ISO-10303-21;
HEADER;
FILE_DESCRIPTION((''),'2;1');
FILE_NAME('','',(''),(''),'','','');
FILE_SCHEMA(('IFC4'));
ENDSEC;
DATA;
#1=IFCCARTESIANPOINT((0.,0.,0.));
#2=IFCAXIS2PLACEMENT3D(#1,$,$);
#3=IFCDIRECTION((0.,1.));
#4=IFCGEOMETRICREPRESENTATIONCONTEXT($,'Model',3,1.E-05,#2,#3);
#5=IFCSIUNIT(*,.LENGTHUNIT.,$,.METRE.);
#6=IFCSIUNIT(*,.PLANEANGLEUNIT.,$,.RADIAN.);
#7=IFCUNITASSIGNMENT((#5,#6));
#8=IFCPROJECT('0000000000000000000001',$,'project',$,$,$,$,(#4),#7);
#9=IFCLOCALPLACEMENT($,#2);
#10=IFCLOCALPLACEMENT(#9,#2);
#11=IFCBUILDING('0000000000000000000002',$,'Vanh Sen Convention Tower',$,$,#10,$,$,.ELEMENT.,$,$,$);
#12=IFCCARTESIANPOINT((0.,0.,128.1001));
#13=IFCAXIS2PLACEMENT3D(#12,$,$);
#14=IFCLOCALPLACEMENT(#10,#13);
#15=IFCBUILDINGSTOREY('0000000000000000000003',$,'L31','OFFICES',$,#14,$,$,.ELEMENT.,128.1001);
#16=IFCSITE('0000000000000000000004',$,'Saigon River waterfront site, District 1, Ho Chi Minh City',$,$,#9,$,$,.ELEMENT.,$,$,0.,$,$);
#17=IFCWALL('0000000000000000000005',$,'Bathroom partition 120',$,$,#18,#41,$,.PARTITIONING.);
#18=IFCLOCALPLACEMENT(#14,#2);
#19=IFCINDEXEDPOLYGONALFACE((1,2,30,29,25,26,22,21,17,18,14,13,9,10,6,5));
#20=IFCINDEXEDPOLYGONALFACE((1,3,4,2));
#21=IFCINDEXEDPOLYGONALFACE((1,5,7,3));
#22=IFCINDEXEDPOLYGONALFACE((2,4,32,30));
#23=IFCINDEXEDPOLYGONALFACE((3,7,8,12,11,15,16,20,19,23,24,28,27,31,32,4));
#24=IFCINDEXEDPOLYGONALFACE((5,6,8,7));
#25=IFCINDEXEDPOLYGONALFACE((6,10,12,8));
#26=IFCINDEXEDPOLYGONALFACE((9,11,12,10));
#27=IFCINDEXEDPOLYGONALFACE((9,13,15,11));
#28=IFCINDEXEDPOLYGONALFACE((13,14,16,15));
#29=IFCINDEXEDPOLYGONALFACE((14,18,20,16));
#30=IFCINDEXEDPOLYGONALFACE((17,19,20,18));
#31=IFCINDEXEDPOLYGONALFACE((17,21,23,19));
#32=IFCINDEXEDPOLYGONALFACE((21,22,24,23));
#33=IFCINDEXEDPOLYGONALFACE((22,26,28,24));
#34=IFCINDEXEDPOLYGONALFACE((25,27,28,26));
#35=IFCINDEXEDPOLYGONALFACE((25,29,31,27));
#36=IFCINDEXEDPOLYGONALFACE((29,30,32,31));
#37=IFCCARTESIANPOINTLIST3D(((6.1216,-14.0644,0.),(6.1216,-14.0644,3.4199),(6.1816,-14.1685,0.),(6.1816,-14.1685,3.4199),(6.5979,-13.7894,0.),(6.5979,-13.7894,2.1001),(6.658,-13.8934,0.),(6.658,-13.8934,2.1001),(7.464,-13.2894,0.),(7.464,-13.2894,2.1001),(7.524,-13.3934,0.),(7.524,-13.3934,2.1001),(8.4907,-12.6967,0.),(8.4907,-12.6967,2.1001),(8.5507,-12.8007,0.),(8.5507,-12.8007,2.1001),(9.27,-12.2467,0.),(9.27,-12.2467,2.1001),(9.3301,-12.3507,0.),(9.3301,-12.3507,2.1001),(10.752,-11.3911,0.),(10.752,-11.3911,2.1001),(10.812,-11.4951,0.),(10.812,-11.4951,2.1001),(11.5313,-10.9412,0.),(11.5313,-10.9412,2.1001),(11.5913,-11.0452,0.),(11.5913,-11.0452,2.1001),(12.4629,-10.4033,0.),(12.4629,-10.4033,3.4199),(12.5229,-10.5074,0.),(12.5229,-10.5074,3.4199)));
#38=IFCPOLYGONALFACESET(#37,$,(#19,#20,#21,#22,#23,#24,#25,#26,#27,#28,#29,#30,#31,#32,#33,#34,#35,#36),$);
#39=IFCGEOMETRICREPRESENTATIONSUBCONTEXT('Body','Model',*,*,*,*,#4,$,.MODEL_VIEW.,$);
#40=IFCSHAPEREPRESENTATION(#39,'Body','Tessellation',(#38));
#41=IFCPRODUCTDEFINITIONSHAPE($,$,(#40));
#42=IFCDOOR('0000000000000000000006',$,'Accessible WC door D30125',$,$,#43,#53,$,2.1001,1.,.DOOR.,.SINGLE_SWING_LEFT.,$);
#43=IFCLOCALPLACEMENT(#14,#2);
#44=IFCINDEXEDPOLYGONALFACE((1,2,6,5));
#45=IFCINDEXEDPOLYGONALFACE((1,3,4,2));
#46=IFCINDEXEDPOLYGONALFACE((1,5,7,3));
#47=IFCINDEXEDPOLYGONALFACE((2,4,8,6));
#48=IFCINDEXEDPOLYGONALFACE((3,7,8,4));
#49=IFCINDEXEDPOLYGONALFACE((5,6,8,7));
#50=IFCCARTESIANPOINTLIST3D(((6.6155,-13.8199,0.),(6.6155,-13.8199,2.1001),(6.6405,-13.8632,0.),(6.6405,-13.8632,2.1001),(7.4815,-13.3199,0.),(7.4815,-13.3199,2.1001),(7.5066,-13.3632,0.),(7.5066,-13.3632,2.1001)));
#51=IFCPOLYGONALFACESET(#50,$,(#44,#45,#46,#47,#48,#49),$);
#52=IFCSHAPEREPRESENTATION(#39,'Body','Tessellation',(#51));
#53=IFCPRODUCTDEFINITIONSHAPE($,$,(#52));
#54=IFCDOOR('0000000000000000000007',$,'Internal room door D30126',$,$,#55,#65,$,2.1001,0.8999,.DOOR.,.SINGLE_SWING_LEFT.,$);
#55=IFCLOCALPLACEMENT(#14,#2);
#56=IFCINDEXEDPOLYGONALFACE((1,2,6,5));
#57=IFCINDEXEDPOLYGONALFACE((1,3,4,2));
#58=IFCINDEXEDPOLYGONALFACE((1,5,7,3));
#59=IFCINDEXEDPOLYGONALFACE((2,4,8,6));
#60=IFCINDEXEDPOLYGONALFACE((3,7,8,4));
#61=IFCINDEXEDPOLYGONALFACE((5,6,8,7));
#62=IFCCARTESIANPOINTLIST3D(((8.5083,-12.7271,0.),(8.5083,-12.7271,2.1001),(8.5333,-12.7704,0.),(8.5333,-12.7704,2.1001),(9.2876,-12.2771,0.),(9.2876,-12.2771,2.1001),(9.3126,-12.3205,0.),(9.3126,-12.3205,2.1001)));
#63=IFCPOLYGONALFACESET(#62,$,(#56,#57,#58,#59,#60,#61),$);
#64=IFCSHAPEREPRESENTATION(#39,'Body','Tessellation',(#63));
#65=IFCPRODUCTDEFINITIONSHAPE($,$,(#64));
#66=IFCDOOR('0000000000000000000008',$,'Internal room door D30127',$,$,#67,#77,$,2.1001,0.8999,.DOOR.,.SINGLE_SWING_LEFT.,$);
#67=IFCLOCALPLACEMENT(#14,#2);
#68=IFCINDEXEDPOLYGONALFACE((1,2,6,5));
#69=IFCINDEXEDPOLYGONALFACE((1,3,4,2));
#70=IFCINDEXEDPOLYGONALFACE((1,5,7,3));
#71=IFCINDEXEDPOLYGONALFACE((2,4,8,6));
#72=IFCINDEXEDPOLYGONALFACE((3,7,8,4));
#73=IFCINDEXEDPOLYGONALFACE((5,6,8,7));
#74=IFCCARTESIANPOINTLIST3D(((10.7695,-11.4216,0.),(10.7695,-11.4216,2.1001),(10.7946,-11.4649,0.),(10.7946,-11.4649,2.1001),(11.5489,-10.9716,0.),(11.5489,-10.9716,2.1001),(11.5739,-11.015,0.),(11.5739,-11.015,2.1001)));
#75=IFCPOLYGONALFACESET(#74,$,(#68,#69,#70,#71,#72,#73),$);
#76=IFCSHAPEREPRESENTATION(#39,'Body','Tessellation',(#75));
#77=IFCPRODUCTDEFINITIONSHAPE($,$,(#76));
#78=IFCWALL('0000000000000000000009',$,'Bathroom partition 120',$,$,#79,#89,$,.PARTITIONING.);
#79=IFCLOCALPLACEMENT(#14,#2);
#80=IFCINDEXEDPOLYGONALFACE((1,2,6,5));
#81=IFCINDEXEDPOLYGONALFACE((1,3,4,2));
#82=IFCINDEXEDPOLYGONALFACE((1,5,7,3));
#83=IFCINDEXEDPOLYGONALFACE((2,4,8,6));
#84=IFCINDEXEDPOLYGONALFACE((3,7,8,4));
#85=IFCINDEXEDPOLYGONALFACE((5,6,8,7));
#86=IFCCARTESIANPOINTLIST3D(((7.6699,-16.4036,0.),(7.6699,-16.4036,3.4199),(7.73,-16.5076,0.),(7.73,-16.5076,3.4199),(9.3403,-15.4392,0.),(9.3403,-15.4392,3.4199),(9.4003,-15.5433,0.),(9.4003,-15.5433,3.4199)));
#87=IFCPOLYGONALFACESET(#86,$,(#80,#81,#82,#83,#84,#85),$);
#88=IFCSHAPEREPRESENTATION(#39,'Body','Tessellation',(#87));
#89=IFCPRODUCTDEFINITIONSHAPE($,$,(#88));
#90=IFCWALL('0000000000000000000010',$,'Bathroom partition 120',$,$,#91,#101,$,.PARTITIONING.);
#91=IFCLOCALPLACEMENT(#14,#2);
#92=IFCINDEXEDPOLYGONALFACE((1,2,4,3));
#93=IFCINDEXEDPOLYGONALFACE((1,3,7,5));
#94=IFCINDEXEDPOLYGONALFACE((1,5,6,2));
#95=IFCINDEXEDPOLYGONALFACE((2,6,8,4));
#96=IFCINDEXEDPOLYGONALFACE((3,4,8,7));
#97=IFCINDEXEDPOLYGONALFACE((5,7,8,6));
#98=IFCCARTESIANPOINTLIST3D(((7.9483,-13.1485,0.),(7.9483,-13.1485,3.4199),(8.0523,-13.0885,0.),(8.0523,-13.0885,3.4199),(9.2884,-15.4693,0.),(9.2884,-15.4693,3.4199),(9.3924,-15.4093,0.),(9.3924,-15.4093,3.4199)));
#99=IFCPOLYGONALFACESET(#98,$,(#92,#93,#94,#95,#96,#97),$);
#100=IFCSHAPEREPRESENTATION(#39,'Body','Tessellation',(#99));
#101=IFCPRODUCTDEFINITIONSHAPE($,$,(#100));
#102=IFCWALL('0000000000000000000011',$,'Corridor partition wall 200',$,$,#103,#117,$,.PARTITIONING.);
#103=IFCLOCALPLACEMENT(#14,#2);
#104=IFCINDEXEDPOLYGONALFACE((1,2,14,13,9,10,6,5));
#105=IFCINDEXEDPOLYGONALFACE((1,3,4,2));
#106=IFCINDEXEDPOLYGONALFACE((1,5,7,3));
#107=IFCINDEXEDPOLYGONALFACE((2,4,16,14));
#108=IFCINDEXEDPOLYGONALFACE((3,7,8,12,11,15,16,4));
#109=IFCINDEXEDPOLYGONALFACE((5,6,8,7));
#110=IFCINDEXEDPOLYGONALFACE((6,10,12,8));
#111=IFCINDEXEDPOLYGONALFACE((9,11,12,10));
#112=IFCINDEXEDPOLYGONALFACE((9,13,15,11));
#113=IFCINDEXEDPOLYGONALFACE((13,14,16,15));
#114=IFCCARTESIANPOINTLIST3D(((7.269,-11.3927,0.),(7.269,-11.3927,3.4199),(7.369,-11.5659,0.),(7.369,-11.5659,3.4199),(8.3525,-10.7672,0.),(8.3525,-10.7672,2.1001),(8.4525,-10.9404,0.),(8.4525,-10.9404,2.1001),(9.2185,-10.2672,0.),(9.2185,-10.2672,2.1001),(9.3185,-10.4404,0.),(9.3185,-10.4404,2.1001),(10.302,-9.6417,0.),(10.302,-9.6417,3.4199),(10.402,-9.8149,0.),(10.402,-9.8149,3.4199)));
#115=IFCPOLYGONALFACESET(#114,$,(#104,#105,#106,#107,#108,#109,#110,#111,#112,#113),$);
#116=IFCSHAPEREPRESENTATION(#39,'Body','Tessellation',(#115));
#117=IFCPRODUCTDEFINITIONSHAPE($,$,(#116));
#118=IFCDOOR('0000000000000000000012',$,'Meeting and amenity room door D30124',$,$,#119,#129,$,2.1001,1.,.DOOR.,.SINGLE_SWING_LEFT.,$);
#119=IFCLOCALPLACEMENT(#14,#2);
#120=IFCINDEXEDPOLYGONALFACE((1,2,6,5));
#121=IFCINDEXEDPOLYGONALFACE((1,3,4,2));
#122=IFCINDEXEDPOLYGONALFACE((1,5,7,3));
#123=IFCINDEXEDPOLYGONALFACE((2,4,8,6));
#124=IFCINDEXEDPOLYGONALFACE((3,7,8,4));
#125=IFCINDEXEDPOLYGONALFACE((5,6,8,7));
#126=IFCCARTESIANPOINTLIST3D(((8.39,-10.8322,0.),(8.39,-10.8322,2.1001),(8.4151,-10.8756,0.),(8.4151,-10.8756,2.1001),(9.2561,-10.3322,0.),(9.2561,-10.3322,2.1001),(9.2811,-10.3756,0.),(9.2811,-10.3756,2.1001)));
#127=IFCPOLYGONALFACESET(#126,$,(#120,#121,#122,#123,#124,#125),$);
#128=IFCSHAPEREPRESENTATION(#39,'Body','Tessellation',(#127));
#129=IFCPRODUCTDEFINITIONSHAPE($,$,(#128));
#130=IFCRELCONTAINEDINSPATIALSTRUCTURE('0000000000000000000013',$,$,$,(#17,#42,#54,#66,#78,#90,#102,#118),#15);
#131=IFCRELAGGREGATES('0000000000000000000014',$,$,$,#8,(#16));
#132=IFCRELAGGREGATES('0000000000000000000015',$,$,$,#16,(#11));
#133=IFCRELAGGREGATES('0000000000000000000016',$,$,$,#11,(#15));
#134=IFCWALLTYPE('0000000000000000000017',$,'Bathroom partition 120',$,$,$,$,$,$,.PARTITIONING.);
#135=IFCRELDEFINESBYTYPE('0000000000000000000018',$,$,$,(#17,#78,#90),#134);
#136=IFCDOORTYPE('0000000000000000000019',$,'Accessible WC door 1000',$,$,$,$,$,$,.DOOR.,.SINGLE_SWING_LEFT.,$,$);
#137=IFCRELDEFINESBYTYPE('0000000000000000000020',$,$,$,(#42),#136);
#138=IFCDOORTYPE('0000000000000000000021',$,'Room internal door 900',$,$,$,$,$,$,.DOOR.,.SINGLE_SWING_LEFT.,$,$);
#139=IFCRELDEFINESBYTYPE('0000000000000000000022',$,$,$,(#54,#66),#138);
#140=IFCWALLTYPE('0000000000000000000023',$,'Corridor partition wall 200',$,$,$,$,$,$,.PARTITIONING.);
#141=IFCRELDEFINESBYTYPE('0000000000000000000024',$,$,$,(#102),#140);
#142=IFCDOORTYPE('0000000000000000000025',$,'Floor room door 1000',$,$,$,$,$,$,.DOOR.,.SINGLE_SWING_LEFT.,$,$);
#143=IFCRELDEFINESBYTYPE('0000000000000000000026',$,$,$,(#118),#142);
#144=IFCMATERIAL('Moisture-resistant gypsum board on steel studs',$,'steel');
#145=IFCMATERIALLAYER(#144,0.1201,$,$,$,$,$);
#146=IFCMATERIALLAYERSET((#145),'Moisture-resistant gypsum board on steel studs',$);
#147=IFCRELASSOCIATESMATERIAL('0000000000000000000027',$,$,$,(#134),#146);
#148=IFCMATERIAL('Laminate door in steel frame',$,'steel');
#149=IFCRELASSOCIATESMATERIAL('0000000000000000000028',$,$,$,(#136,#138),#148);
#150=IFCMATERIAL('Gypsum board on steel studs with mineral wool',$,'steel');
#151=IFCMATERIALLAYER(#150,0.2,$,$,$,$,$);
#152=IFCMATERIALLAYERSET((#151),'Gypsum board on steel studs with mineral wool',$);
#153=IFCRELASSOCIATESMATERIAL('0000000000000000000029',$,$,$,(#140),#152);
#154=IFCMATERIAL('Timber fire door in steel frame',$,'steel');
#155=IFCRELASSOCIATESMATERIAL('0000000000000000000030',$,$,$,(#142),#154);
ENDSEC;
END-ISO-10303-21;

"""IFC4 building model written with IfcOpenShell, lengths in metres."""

from ifc_helpers import new_model, si_unit, direction, frame, frame_2d, origin, place, context, subcontext, project, spatial, rectangle, extrude, material, layer, layer_set, type_object, element, fill, save


model = new_model("IFC4")

# Units and contexts
model_context = context("Model", 3, precision=1e-05, world=origin(), true_north=direction((0.0, 1.0)))
body_context = subcontext(model_context, "Body", "Model", "MODEL_VIEW")
ifc_project = project(units=[si_unit("LENGTHUNIT", "METRE"), si_unit("PLANEANGLEUNIT", "RADIAN")], contexts=[model_context])

# Site, building, storey
site_placement = place(None, origin())
site = spatial("IfcSite", under=ifc_project, at=site_placement, Name="Saigon River waterfront site, District 1, Ho Chi Minh City", CompositionType="ELEMENT", RefElevation=0.0)
building_placement = place(site_placement, origin())
building = spatial("IfcBuilding", under=site, at=building_placement, Name="Vanh Sen Convention Tower", CompositionType="ELEMENT")
storey_placement = place(building_placement, frame((0.0, 0.0, 128.1001)))
storey = spatial("IfcBuildingStorey", under=building, at=storey_placement, Name="L31", Description="OFFICES", CompositionType="ELEMENT", Elevation=128.1001)

# Wall, openings, doors
ifc_material_1 = material(Name="Moisture-resistant gypsum board on steel studs", Category="steel")
ifc_layer_1 = layer(ifc_material_1, 0.1201)
ifc_layer_set_1 = layer_set([ifc_layer_1], Name="Moisture-resistant gypsum board on steel studs")
wall_type_1 = type_object("IfcWallType", Name="Bathroom partition 120", PredefinedType="PARTITIONING", material=ifc_layer_set_1)
wall_1_placement = place(storey_placement, frame((6.1516, -14.1165, 0.0), z_axis=(0.0, 0.0, 1.0), x_axis=(0.866027, 0.499998, 0.0)))
wall_1 = element("IfcWall", 1, at=wall_1_placement, inside=storey, type_object=wall_type_1, Name="Bathroom partition 120", PredefinedType="PARTITIONING", context=body_context, shape_type="SweptSolid", body=[
    extrude(rectangle(XDim=7.3223, YDim=0.1201, at=frame_2d((3.6611, 0.0))), origin(), (0.0, 0.0, 1.0), 3.4199),
])
opening_1_placement = place(wall_1_placement, frame((0.55, 0.0, 0.0)))
opening_1 = element("IfcOpeningElement", 2, at=opening_1_placement, cuts=wall_1, PredefinedType="OPENING", context=body_context, shape_type="SweptSolid", body=[
    extrude(rectangle(XDim=1.0, YDim=2.1001, at=frame_2d((0.5, 1.05))), frame((0.0, 0.0701, 0.0), z_axis=(0.0, -1.0, 0.0), x_axis=(1.0, 0.0, 0.0)), (0.0, 0.0, 1.0), 0.1401),
])
opening_2_placement = place(wall_1_placement, frame((2.7356, 0.0, 0.0)))
opening_2 = element("IfcOpeningElement", 3, at=opening_2_placement, cuts=wall_1, PredefinedType="OPENING", context=body_context, shape_type="SweptSolid", body=[
    extrude(rectangle(XDim=0.8999, YDim=2.1001, at=frame_2d((0.45, 1.05))), frame((0.0, 0.0701, 0.0), z_axis=(0.0, -1.0, 0.0), x_axis=(1.0, 0.0, 0.0)), (0.0, 0.0, 1.0), 0.1401),
])
opening_3_placement = place(wall_1_placement, frame((5.3467, 0.0, 0.0)))
opening_3 = element("IfcOpeningElement", 4, at=opening_3_placement, cuts=wall_1, PredefinedType="OPENING", context=body_context, shape_type="SweptSolid", body=[
    extrude(rectangle(XDim=0.8999, YDim=2.1001, at=frame_2d((0.45, 1.05))), frame((0.0, 0.0701, 0.0), z_axis=(0.0, -1.0, 0.0), x_axis=(1.0, 0.0, 0.0)), (0.0, 0.0, 1.0), 0.1401),
])
ifc_material_2 = material(Name="Laminate door in steel frame", Category="steel")
door_type_1 = type_object("IfcDoorType", Name="Accessible WC door 1000", OperationType="SINGLE_SWING_LEFT", PredefinedType="DOOR", material=ifc_material_2)
door_1_placement = place(opening_1_placement, origin())
door_1 = element("IfcDoor", 5, at=door_1_placement, inside=storey, type_object=door_type_1, Name="Accessible WC door D30125", OperationType="SINGLE_SWING_LEFT", OverallHeight=2.1001, OverallWidth=1.0, PredefinedType="DOOR", context=body_context, shape_type="SweptSolid", body=[
    extrude(rectangle(XDim=1.0, YDim=2.1001, at=frame_2d((0.5, 1.05))), frame((0.0, 0.0249, 0.0), z_axis=(0.0, -1.0, 0.0), x_axis=(1.0, 0.0, 0.0)), (0.0, 0.0, 1.0), 0.05),
])
fill(opening_1, door_1)
door_type_2 = type_object("IfcDoorType", Name="Room internal door 900", OperationType="SINGLE_SWING_LEFT", PredefinedType="DOOR", material=ifc_material_2)
door_2_placement = place(opening_2_placement, origin())
door_2 = element("IfcDoor", 6, at=door_2_placement, inside=storey, type_object=door_type_2, Name="Internal room door D30126", OperationType="SINGLE_SWING_LEFT", OverallHeight=2.1001, OverallWidth=0.8999, PredefinedType="DOOR", context=body_context, shape_type="SweptSolid", body=[
    extrude(rectangle(XDim=0.8999, YDim=2.1001, at=frame_2d((0.45, 1.05))), frame((0.0, 0.0249, 0.0), z_axis=(0.0, -1.0, 0.0), x_axis=(1.0, 0.0, 0.0)), (0.0, 0.0, 1.0), 0.05),
])
fill(opening_2, door_2)
door_3_placement = place(opening_3_placement, origin())
door_3 = element("IfcDoor", 7, at=door_3_placement, inside=storey, type_object=door_type_2, Name="Internal room door D30127", OperationType="SINGLE_SWING_LEFT", OverallHeight=2.1001, OverallWidth=0.8999, PredefinedType="DOOR", context=body_context, shape_type="SweptSolid", body=[
    extrude(rectangle(XDim=0.8999, YDim=2.1001, at=frame_2d((0.45, 1.05))), frame((0.0, 0.0249, 0.0), z_axis=(0.0, -1.0, 0.0), x_axis=(1.0, 0.0, 0.0)), (0.0, 0.0, 1.0), 0.05),
])
fill(opening_3, door_3)

# Walls
wall_2_placement = place(storey_placement, frame((7.7, -16.4556, 0.0), z_axis=(0.0, 0.0, 1.0), x_axis=(0.866038, 0.499978, 0.0)))
element("IfcWall", 8, at=wall_2_placement, inside=storey, type_object=wall_type_1, Name="Bathroom partition 120", PredefinedType="PARTITIONING", context=body_context, shape_type="SweptSolid", body=[
    extrude(rectangle(XDim=1.9287, YDim=0.1201, at=frame_2d((0.9644, 0.0))), origin(), (0.0, 0.0, 1.0), 3.4199),
])
wall_3_placement = place(storey_placement, frame((9.3403, -15.4392, 0.0), z_axis=(0.0, 0.0, 1.0), x_axis=(-0.500048, 0.865997, 0.0)))
element("IfcWall", 9, at=wall_3_placement, inside=storey, type_object=wall_type_1, Name="Bathroom partition 120", PredefinedType="PARTITIONING", context=body_context, shape_type="SweptSolid", body=[
    extrude(rectangle(XDim=2.6799, YDim=0.1201, at=frame_2d((1.3398, 0.0))), origin(), (0.0, 0.0, 1.0), 3.4199),
])

# Wall, opening, door
ifc_material_3 = material(Name="Gypsum board on steel studs with mineral wool", Category="steel")
ifc_layer_2 = layer(ifc_material_3, 0.2)
ifc_layer_set_2 = layer_set([ifc_layer_2], Name="Gypsum board on steel studs with mineral wool")
wall_type_2 = type_object("IfcWallType", Name="Corridor partition wall 200", PredefinedType="PARTITIONING", material=ifc_layer_set_2)
wall_4_placement = place(storey_placement, frame((7.3191, -11.4792, 0.0), z_axis=(0.0, 0.0, 1.0), x_axis=(0.866038, 0.499978, 0.0)))
wall_4 = element("IfcWall", 10, at=wall_4_placement, inside=storey, type_object=wall_type_2, Name="Corridor partition wall 200", PredefinedType="PARTITIONING", context=body_context, shape_type="SweptSolid", body=[
    extrude(rectangle(XDim=3.5022, YDim=0.2, at=frame_2d((1.751, 0.0))), origin(), (0.0, 0.0, 1.0), 3.4199),
])
opening_4_placement = place(wall_4_placement, frame((1.251, 0.0, 0.0)))
opening_4 = element("IfcOpeningElement", 11, at=opening_4_placement, cuts=wall_4, PredefinedType="OPENING", context=body_context, shape_type="SweptSolid", body=[
    extrude(rectangle(XDim=1.0, YDim=2.1001, at=frame_2d((0.5, 1.05))), frame((0.0, 0.1099, 0.0), z_axis=(0.0, -1.0, 0.0), x_axis=(1.0, 0.0, 0.0)), (0.0, 0.0, 1.0), 0.22),
])
ifc_material_4 = material(Name="Timber fire door in steel frame", Category="steel")
door_type_3 = type_object("IfcDoorType", Name="Floor room door 1000", OperationType="SINGLE_SWING_LEFT", PredefinedType="DOOR", material=ifc_material_4)
door_4_placement = place(opening_4_placement, origin())
door_4 = element("IfcDoor", 12, at=door_4_placement, inside=storey, type_object=door_type_3, Name="Meeting and amenity room door D30124", OperationType="SINGLE_SWING_LEFT", OverallHeight=2.1001, OverallWidth=1.0, PredefinedType="DOOR", context=body_context, shape_type="SweptSolid", body=[
    extrude(rectangle(XDim=1.0, YDim=2.1001, at=frame_2d((0.5, 1.05))), frame((0.0, 0.0249, 0.0), z_axis=(0.0, -1.0, 0.0), x_axis=(1.0, 0.0, 0.0)), (0.0, 0.0, 1.0), 0.05),
])
fill(opening_4, door_4)

save(model, "model.ifc")
